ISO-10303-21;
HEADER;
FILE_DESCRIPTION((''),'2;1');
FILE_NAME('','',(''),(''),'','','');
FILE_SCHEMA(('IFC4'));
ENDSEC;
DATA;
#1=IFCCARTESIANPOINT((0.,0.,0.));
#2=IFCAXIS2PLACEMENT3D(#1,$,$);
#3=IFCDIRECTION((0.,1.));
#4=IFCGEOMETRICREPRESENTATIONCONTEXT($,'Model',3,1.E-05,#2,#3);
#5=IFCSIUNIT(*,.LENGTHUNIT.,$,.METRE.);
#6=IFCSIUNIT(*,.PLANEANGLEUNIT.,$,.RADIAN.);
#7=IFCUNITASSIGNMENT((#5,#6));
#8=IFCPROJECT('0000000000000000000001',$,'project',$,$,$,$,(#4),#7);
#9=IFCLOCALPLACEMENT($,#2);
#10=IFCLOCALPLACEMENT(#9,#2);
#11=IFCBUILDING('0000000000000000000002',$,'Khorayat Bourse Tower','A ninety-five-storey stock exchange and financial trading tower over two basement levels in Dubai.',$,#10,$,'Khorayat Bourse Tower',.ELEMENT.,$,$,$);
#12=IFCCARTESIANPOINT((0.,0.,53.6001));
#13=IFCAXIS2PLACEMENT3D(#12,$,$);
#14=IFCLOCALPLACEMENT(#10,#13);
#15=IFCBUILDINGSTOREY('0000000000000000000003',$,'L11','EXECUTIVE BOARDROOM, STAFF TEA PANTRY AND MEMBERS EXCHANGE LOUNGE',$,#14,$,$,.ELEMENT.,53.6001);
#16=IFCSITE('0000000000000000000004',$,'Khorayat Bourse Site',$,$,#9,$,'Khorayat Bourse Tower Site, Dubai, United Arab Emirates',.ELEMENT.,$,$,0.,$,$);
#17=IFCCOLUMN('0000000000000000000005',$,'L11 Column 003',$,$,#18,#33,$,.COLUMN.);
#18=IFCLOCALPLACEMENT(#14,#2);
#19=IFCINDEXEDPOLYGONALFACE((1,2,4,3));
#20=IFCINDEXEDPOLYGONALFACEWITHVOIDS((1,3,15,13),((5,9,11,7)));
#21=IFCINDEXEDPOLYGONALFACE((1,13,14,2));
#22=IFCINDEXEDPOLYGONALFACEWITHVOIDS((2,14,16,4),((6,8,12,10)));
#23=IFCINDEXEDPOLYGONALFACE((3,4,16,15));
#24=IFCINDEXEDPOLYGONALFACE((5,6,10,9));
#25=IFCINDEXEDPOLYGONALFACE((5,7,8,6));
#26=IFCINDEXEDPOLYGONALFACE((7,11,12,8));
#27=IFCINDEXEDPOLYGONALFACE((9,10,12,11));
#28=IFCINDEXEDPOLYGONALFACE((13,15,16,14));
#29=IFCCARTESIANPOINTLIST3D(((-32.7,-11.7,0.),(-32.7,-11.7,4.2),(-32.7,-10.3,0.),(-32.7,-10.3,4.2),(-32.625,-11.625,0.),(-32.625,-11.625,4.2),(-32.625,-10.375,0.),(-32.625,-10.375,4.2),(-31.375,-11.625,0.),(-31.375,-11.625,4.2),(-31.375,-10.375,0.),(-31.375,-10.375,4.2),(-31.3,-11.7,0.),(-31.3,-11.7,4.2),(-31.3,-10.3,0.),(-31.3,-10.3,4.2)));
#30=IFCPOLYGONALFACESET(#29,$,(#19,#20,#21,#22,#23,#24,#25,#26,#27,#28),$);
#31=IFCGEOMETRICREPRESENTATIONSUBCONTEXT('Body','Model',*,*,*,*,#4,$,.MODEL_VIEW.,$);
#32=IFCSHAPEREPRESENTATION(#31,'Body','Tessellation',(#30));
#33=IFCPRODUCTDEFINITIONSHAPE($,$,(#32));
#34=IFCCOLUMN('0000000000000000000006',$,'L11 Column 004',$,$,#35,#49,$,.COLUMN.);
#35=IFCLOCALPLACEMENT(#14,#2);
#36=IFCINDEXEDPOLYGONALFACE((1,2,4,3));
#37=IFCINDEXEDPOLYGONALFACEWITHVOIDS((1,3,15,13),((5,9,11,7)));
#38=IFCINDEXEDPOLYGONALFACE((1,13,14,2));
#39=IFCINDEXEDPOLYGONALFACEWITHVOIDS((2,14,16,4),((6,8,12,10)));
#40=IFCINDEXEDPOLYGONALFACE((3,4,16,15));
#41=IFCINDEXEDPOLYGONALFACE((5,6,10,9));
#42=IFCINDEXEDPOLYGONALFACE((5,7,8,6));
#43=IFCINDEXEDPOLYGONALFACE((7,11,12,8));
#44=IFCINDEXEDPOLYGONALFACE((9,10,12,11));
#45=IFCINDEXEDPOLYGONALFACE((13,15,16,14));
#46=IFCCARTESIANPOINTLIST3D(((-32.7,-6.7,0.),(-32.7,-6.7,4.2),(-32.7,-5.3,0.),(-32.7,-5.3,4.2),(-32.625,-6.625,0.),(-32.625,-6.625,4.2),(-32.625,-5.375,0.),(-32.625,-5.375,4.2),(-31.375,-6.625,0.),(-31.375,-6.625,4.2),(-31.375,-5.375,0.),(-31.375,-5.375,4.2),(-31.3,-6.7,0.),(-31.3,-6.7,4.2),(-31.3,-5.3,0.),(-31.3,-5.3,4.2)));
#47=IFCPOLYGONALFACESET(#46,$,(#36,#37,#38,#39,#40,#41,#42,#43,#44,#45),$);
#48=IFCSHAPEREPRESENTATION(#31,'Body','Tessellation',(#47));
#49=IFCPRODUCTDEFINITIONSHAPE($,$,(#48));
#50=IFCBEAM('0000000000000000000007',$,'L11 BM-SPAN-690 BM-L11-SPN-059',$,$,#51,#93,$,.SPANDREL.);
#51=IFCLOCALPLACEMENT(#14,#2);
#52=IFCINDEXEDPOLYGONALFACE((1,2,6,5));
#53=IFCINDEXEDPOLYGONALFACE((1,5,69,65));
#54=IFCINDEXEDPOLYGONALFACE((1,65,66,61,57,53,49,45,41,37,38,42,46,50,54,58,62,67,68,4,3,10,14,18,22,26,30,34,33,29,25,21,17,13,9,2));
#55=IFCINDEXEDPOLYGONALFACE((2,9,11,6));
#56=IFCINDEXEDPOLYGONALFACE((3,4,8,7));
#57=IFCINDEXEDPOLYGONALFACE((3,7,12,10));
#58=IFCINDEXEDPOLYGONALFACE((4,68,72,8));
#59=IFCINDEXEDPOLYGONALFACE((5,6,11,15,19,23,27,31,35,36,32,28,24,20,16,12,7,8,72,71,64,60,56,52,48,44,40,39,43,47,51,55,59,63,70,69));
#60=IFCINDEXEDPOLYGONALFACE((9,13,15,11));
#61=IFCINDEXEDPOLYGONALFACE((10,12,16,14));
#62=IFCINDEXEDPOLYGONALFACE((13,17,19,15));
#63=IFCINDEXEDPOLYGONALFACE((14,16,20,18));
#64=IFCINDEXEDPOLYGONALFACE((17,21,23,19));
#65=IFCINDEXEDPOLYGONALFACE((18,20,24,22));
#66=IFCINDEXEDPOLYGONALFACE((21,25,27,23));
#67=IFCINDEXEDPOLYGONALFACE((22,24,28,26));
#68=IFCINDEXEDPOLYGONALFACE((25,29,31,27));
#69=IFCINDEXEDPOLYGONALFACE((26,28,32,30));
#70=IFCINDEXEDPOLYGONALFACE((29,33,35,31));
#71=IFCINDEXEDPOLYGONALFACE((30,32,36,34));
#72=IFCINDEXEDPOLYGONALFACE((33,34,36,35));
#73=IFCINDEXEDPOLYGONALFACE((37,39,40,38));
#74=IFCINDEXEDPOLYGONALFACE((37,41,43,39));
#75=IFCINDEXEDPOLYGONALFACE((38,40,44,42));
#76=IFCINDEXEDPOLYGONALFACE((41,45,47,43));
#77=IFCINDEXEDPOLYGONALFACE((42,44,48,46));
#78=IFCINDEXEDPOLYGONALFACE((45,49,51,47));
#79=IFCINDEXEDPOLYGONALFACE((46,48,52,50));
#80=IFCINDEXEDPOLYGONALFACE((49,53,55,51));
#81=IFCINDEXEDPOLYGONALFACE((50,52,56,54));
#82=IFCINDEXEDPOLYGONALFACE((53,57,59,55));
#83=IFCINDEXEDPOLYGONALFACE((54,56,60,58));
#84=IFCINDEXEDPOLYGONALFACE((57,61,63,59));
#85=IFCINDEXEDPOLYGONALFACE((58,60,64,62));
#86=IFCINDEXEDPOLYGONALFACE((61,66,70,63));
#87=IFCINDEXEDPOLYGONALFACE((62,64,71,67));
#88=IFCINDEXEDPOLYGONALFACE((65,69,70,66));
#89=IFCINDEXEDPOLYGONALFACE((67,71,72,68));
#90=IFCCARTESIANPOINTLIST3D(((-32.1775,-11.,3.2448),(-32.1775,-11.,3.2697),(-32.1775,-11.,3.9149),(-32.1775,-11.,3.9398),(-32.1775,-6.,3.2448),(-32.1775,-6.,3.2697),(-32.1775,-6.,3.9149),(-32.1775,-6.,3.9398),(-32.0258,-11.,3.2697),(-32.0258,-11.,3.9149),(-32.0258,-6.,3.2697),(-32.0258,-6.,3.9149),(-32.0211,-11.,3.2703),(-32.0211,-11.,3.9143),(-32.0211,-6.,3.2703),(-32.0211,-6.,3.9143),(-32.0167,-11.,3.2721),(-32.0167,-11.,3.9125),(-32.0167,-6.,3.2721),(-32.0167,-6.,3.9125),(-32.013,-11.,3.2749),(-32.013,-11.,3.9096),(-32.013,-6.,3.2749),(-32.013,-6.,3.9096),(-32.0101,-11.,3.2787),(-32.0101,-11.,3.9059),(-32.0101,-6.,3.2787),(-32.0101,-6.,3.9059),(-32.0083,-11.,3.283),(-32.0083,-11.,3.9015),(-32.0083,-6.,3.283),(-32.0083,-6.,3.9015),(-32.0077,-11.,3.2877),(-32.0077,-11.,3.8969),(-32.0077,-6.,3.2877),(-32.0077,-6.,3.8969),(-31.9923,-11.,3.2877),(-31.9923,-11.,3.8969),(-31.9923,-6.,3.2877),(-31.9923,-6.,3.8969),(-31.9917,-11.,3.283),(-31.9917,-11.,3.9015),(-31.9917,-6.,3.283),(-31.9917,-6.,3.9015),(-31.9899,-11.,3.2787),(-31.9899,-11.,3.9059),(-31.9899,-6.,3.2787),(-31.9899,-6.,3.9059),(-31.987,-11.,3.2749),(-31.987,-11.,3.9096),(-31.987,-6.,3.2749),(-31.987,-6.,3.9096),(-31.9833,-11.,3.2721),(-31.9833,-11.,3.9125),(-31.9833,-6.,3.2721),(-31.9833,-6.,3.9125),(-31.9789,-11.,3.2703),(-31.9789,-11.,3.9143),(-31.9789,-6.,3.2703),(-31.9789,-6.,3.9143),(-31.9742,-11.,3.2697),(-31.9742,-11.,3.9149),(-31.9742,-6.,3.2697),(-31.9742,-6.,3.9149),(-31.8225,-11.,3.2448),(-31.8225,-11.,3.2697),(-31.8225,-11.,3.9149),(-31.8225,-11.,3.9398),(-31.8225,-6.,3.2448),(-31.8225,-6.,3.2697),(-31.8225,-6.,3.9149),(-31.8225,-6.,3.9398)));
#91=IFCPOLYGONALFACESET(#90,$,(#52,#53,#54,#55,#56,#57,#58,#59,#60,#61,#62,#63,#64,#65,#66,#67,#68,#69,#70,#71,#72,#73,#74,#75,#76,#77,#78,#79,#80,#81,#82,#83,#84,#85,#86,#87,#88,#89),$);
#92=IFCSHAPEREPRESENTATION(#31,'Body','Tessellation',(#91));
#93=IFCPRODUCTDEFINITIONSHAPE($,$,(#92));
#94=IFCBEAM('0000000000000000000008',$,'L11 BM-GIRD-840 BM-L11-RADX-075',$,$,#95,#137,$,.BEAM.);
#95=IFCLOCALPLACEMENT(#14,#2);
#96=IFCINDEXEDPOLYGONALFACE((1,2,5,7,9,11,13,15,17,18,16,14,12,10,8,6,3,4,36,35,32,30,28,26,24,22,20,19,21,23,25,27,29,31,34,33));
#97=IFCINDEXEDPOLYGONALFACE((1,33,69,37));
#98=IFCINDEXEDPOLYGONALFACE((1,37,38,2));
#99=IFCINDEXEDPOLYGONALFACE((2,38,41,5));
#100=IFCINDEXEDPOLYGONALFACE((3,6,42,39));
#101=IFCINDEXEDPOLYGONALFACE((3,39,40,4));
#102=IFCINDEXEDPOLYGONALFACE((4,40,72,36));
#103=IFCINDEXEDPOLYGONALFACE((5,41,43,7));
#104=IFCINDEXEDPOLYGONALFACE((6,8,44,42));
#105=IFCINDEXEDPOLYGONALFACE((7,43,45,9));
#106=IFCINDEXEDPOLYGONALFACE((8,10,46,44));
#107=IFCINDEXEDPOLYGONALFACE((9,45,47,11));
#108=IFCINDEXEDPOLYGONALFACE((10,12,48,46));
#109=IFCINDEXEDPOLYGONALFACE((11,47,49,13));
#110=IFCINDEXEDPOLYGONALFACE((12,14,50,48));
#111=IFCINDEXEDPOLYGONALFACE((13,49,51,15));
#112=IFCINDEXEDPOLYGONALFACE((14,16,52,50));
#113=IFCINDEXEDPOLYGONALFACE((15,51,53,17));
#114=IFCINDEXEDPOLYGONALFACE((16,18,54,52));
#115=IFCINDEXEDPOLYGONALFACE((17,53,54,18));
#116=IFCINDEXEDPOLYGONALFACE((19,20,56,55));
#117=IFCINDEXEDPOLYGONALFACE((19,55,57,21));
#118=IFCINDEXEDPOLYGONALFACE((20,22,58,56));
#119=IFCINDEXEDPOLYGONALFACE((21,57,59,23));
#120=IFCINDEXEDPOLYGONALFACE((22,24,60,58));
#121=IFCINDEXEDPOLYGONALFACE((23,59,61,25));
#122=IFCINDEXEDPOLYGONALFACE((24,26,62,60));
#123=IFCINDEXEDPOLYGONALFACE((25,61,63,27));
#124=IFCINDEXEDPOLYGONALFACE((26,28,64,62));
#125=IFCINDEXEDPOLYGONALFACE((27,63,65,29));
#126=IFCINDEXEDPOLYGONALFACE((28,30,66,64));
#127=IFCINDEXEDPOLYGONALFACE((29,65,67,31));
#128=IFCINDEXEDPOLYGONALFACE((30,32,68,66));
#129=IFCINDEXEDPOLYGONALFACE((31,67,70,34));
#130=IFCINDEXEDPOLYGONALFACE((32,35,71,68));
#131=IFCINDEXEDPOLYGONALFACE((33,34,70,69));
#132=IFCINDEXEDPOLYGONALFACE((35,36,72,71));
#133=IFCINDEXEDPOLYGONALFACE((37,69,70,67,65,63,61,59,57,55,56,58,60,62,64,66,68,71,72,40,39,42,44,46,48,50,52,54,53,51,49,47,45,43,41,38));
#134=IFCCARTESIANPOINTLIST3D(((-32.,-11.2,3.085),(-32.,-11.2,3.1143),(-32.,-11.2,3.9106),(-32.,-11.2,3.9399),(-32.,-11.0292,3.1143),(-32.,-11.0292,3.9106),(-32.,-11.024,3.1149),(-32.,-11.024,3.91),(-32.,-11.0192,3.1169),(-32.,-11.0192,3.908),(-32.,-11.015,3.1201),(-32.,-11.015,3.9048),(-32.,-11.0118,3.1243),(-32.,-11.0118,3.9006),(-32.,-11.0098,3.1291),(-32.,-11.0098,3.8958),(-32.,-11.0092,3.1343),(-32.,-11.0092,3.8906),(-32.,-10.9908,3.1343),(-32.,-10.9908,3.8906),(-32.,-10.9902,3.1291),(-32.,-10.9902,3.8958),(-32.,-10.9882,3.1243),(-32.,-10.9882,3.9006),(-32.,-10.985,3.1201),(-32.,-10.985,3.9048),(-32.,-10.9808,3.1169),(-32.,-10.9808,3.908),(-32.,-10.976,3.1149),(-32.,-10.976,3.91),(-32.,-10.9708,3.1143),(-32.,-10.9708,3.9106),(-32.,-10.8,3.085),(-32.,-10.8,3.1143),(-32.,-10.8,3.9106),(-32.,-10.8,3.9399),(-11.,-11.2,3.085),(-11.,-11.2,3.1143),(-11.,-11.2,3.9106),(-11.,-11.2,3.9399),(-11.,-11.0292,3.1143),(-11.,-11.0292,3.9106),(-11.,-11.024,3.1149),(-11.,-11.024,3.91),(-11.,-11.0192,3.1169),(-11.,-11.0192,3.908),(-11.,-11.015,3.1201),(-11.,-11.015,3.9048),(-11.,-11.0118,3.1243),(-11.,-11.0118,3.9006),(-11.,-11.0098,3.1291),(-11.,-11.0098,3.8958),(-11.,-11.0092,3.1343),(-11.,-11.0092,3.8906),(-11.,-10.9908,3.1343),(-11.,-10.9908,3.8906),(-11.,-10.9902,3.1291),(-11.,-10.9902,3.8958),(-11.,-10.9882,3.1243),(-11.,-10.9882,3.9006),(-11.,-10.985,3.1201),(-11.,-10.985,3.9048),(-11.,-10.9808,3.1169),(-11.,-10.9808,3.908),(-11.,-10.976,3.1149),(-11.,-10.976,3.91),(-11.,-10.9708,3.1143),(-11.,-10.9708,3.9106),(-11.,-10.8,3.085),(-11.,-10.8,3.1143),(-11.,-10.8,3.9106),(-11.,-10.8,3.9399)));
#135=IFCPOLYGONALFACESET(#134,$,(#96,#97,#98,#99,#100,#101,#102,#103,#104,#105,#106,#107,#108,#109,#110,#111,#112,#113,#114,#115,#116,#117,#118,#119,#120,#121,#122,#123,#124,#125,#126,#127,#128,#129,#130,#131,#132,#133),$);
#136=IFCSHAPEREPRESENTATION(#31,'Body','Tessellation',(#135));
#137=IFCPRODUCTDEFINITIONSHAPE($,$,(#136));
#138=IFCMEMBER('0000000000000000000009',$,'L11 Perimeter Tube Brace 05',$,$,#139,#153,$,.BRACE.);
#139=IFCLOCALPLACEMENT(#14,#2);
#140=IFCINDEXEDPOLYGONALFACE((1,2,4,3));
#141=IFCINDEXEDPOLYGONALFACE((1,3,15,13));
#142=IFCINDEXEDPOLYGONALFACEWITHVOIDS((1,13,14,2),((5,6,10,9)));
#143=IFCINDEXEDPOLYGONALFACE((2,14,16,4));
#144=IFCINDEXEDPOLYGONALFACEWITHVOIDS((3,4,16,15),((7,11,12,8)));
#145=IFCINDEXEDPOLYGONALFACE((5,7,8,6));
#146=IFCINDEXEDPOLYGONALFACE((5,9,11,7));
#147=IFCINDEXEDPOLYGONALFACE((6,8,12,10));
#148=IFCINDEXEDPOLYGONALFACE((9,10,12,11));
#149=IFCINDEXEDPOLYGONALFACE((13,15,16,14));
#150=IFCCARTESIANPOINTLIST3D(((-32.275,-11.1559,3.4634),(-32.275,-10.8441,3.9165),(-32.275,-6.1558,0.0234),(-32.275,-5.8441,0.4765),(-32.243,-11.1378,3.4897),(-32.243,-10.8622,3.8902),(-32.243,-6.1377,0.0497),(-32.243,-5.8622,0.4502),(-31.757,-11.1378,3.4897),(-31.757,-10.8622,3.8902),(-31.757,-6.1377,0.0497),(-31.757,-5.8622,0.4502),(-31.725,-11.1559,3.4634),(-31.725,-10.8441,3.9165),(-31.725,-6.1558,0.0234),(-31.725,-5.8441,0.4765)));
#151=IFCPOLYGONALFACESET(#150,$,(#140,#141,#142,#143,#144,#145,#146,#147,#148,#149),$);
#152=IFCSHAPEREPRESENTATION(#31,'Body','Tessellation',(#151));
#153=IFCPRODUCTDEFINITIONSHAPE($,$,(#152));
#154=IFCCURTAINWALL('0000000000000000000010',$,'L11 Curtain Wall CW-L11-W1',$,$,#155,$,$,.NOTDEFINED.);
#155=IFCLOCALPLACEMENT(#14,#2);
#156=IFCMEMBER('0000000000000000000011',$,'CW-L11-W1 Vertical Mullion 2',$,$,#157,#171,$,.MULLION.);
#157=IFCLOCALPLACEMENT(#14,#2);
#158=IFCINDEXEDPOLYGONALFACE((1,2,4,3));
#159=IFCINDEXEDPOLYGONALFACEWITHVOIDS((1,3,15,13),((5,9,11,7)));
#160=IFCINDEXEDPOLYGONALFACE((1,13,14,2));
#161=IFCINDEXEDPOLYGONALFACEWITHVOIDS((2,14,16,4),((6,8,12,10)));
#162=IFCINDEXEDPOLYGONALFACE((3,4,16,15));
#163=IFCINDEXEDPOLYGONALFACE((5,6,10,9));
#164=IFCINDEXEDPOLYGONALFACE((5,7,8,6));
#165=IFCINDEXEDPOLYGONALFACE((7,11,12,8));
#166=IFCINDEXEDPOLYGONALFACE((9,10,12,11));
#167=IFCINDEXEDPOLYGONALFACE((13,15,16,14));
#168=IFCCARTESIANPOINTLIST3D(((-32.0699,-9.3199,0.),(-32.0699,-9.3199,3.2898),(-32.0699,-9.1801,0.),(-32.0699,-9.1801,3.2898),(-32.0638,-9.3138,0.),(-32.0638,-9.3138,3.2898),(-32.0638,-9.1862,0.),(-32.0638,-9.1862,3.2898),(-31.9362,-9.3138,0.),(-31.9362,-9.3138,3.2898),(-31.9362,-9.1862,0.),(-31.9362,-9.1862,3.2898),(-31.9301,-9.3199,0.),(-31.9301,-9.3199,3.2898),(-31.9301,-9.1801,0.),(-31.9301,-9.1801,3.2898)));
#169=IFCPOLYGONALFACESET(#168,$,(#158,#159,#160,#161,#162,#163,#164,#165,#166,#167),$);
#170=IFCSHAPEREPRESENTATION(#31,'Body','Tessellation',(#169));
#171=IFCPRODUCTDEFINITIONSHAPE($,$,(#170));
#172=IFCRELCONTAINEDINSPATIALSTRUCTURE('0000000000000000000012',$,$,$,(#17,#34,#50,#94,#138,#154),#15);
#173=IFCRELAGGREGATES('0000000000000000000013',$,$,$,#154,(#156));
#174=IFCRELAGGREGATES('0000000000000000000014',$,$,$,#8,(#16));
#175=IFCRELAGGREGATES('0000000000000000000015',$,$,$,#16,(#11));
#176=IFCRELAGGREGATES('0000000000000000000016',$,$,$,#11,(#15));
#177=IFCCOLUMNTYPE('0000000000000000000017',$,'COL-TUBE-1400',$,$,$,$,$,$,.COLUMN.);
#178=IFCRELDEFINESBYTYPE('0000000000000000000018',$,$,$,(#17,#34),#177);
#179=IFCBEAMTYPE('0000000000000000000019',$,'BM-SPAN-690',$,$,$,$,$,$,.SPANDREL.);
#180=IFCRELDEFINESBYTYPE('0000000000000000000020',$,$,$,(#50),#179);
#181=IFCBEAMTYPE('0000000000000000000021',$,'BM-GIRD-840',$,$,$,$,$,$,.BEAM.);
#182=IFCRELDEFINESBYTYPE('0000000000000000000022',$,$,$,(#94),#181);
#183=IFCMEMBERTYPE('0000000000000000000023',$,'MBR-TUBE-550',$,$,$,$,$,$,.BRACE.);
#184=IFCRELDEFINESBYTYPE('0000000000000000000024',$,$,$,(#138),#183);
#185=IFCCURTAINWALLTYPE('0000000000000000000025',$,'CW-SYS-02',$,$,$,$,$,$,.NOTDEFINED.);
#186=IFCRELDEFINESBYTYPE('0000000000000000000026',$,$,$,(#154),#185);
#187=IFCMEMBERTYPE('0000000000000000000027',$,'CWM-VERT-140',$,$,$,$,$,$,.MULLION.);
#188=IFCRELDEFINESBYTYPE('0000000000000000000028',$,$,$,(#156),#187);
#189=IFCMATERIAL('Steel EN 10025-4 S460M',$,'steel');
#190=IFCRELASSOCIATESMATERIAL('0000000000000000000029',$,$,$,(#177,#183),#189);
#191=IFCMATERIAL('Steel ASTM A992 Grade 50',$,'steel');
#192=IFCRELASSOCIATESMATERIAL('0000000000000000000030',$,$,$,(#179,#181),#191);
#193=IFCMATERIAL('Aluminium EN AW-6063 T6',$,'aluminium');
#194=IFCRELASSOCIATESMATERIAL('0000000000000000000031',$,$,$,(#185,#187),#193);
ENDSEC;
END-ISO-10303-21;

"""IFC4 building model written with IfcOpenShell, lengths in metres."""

from ifc_helpers import new_model, si_unit, direction, frame, origin, origin_2d, place, context, subcontext, project, spatial, hollow_rectangle, i_section, extrude, source, transform, mapped, material, material_profile, profile_set, type_object, element, aggregate, save


model = new_model("IFC4")

# Units and contexts
model_context = context("Model", 3, precision=1e-05, world=origin(), true_north=direction((0.0, 1.0)))
body_context = subcontext(model_context, "Body", "Model", "MODEL_VIEW")
ifc_project = project(units=[si_unit("LENGTHUNIT", "METRE"), si_unit("PLANEANGLEUNIT", "RADIAN")], contexts=[model_context])

# Site, building, storey
site_placement = place(None, origin())
site = spatial("IfcSite", under=ifc_project, at=site_placement, Name="Khorayat Bourse Site", LongName="Khorayat Bourse Tower Site, Dubai, United Arab Emirates", CompositionType="ELEMENT", RefElevation=0.0)
building_placement = place(site_placement, origin())
building = spatial("IfcBuilding", under=site, at=building_placement, Name="Khorayat Bourse Tower", Description="A ninety-five-storey stock exchange and financial trading tower over two basement levels in Dubai.", LongName="Khorayat Bourse Tower", CompositionType="ELEMENT")
storey_placement = place(building_placement, frame((0.0, 0.0, 53.6001)))
storey = spatial("IfcBuildingStorey", under=building, at=storey_placement, Name="L11", Description="EXECUTIVE BOARDROOM, STAFF TEA PANTRY AND MEMBERS EXCHANGE LOUNGE", CompositionType="ELEMENT", Elevation=53.6001)

# Columns
ifc_material_1 = material(Name="Steel EN 10025-4 S460M", Category="steel")
ifc_material_profile_1 = material_profile(ifc_material_1, hollow_rectangle(XDim=1.3999, YDim=1.3999, WallThickness=0.075, at=origin_2d()), Name="BOX 1400x1400x75")
ifc_profile_set_1 = profile_set([ifc_material_profile_1], Name="Steel EN 10025-4 S460M")
column_type = type_object("IfcColumnType", Name="COL-TUBE-1400", PredefinedType="COLUMN", material=ifc_profile_set_1)
shared_shape_1 = source(origin(), body_context, "Body", "SweptSolid", [
    extrude(hollow_rectangle(XDim=1.3999, YDim=1.3999, WallThickness=0.075, at=origin_2d()), origin(), (0.0, 0.0, 1.0), 4.2),
])
for number, where, z_axis, x_axis, name in (
    (1, (-32.0, -11.0, 0.0), (0.0, 0.0, 1.0), (1.0, 0.0, 0.0), "L11 Column 003"),
    (2, (-32.0, -6.0, 0.0), (0.0, 0.0, 1.0), (1.0, 0.0, 0.0), "L11 Column 004"),
):
    element("IfcColumn", number, at=place(storey_placement, frame(where, z_axis=z_axis, x_axis=x_axis)), inside=storey, type_object=column_type, Name=name, PredefinedType="COLUMN", context=body_context, shape_type="MappedRepresentation", body=[
        mapped(shared_shape_1, transform((0.0, 0.0, 0.0), scale=1.0)),
    ])

# Beams
ifc_material_2 = material(Name="Steel ASTM A992 Grade 50", Category="steel")
ifc_material_profile_2 = material_profile(ifc_material_2, i_section(OverallWidth=0.355, OverallDepth=0.6951, WebThickness=0.0154, FlangeThickness=0.0249, FilletRadius=0.0181, at=origin_2d()), Name="W690X217")
ifc_profile_set_2 = profile_set([ifc_material_profile_2], Name="Steel ASTM A992 Grade 50")
beam_type_1 = type_object("IfcBeamType", Name="BM-SPAN-690", PredefinedType="SPANDREL", material=ifc_profile_set_2)
shared_shape_2 = source(origin(), body_context, "Body", "SweptSolid", [
    extrude(i_section(OverallWidth=0.355, OverallDepth=0.6951, WebThickness=0.0154, FlangeThickness=0.0249, FilletRadius=0.0181, at=origin_2d()), origin(), (0.0, 0.0, 1.0), 5.0),
])
beam_1_placement = place(storey_placement, frame((-32.0, -11.0, 3.5923), z_axis=(0.0, 1.0, 0.0), x_axis=(-1.0, 0.0, 0.0)))
element("IfcBeam", 3, at=beam_1_placement, inside=storey, type_object=beam_type_1, Name="L11 BM-SPAN-690 BM-L11-SPN-059", PredefinedType="SPANDREL", context=body_context, shape_type="MappedRepresentation", body=[
    mapped(shared_shape_2, transform((0.0, 0.0, 0.0), scale=1.0)),
])
ifc_material_profile_3 = material_profile(ifc_material_2, i_section(OverallWidth=0.3999, OverallDepth=0.855, WebThickness=0.0183, FlangeThickness=0.0293, FilletRadius=0.02, at=origin_2d()), Name="W840X299")
ifc_profile_set_3 = profile_set([ifc_material_profile_3], Name="Steel ASTM A992 Grade 50")
beam_type_2 = type_object("IfcBeamType", Name="BM-GIRD-840", PredefinedType="BEAM", material=ifc_profile_set_3)
shared_shape_3 = source(origin(), body_context, "Body", "SweptSolid", [
    extrude(i_section(OverallWidth=0.3999, OverallDepth=0.855, WebThickness=0.0183, FlangeThickness=0.0293, FilletRadius=0.02, at=origin_2d()), origin(), (0.0, 0.0, 1.0), 21.0),
])
beam_2_placement = place(storey_placement, frame((-32.0, -11.0, 3.5125), z_axis=(1.0, 0.0, 0.0), x_axis=(0.0, 1.0, 0.0)))
element("IfcBeam", 4, at=beam_2_placement, inside=storey, type_object=beam_type_2, Name="L11 BM-GIRD-840 BM-L11-RADX-075", PredefinedType="BEAM", context=body_context, shape_type="MappedRepresentation", body=[
    mapped(shared_shape_3, transform((0.0, 0.0, 0.0), scale=1.0)),
])

# Member
ifc_material_profile_4 = material_profile(ifc_material_1, hollow_rectangle(XDim=0.55, YDim=0.55, WallThickness=0.032, at=origin_2d()), Name="HSS 550x550x32")
ifc_profile_set_4 = profile_set([ifc_material_profile_4], Name="Steel EN 10025-4 S460M")
member_type_1 = type_object("IfcMemberType", Name="MBR-TUBE-550", PredefinedType="BRACE", material=ifc_profile_set_4)
shared_shape_4 = source(origin(), body_context, "Body", "SweptSolid", [
    extrude(hollow_rectangle(XDim=0.55, YDim=0.55, WallThickness=0.032, at=origin_2d()), origin(), (0.0, 0.0, 1.0), 6.0691),
])
member_1_placement = place(storey_placement, frame((-32.0, -11.0, 3.6899), z_axis=(0.0, 0.823854, -0.566802), x_axis=(-1.0, 0.0, 0.0)))
element("IfcMember", 5, at=member_1_placement, inside=storey, type_object=member_type_1, Name="L11 Perimeter Tube Brace 05", PredefinedType="BRACE", context=body_context, shape_type="MappedRepresentation", body=[
    mapped(shared_shape_4, transform((0.0, 0.0, 0.0), scale=1.0)),
])

# Curtain wall, member
ifc_material_3 = material(Name="Aluminium EN AW-6063 T6", Category="aluminium")
curtain_wall_type = type_object("IfcCurtainWallType", Name="CW-SYS-02", PredefinedType="NOTDEFINED", material=ifc_material_3)
curtain_wall_placement = place(storey_placement, origin())
curtain_wall = element("IfcCurtainWall", 6, at=curtain_wall_placement, inside=storey, type_object=curtain_wall_type, Name="L11 Curtain Wall CW-L11-W1", PredefinedType="NOTDEFINED")
ifc_material_profile_5 = material_profile(ifc_material_3, hollow_rectangle(XDim=0.1399, YDim=0.1399, WallThickness=0.0061, at=origin_2d()), Name="ALU 140x140x6")
ifc_profile_set_5 = profile_set([ifc_material_profile_5], Name="Aluminium EN AW-6063 T6")
member_type_2 = type_object("IfcMemberType", Name="CWM-VERT-140", PredefinedType="MULLION", material=ifc_profile_set_5)
shared_shape_5 = source(origin(), body_context, "Body", "SweptSolid", [
    extrude(hollow_rectangle(XDim=0.1399, YDim=0.1399, WallThickness=0.0061, at=origin_2d()), origin(), (0.0, 0.0, 1.0), 3.2898),
])
member_2_placement = place(storey_placement, frame((-32.0, -9.25, 0.0), z_axis=(0.0, 0.0, 1.0), x_axis=(-1.0, 0.0, 0.0)))
member_2 = element("IfcMember", 7, at=member_2_placement, type_object=member_type_2, Name="CW-L11-W1 Vertical Mullion 2", PredefinedType="MULLION", context=body_context, shape_type="MappedRepresentation", body=[
    mapped(shared_shape_5, transform((0.0, 0.0, 0.0), scale=1.0)),
])

aggregate(curtain_wall, [member_2])

save(model, "model.ifc")
